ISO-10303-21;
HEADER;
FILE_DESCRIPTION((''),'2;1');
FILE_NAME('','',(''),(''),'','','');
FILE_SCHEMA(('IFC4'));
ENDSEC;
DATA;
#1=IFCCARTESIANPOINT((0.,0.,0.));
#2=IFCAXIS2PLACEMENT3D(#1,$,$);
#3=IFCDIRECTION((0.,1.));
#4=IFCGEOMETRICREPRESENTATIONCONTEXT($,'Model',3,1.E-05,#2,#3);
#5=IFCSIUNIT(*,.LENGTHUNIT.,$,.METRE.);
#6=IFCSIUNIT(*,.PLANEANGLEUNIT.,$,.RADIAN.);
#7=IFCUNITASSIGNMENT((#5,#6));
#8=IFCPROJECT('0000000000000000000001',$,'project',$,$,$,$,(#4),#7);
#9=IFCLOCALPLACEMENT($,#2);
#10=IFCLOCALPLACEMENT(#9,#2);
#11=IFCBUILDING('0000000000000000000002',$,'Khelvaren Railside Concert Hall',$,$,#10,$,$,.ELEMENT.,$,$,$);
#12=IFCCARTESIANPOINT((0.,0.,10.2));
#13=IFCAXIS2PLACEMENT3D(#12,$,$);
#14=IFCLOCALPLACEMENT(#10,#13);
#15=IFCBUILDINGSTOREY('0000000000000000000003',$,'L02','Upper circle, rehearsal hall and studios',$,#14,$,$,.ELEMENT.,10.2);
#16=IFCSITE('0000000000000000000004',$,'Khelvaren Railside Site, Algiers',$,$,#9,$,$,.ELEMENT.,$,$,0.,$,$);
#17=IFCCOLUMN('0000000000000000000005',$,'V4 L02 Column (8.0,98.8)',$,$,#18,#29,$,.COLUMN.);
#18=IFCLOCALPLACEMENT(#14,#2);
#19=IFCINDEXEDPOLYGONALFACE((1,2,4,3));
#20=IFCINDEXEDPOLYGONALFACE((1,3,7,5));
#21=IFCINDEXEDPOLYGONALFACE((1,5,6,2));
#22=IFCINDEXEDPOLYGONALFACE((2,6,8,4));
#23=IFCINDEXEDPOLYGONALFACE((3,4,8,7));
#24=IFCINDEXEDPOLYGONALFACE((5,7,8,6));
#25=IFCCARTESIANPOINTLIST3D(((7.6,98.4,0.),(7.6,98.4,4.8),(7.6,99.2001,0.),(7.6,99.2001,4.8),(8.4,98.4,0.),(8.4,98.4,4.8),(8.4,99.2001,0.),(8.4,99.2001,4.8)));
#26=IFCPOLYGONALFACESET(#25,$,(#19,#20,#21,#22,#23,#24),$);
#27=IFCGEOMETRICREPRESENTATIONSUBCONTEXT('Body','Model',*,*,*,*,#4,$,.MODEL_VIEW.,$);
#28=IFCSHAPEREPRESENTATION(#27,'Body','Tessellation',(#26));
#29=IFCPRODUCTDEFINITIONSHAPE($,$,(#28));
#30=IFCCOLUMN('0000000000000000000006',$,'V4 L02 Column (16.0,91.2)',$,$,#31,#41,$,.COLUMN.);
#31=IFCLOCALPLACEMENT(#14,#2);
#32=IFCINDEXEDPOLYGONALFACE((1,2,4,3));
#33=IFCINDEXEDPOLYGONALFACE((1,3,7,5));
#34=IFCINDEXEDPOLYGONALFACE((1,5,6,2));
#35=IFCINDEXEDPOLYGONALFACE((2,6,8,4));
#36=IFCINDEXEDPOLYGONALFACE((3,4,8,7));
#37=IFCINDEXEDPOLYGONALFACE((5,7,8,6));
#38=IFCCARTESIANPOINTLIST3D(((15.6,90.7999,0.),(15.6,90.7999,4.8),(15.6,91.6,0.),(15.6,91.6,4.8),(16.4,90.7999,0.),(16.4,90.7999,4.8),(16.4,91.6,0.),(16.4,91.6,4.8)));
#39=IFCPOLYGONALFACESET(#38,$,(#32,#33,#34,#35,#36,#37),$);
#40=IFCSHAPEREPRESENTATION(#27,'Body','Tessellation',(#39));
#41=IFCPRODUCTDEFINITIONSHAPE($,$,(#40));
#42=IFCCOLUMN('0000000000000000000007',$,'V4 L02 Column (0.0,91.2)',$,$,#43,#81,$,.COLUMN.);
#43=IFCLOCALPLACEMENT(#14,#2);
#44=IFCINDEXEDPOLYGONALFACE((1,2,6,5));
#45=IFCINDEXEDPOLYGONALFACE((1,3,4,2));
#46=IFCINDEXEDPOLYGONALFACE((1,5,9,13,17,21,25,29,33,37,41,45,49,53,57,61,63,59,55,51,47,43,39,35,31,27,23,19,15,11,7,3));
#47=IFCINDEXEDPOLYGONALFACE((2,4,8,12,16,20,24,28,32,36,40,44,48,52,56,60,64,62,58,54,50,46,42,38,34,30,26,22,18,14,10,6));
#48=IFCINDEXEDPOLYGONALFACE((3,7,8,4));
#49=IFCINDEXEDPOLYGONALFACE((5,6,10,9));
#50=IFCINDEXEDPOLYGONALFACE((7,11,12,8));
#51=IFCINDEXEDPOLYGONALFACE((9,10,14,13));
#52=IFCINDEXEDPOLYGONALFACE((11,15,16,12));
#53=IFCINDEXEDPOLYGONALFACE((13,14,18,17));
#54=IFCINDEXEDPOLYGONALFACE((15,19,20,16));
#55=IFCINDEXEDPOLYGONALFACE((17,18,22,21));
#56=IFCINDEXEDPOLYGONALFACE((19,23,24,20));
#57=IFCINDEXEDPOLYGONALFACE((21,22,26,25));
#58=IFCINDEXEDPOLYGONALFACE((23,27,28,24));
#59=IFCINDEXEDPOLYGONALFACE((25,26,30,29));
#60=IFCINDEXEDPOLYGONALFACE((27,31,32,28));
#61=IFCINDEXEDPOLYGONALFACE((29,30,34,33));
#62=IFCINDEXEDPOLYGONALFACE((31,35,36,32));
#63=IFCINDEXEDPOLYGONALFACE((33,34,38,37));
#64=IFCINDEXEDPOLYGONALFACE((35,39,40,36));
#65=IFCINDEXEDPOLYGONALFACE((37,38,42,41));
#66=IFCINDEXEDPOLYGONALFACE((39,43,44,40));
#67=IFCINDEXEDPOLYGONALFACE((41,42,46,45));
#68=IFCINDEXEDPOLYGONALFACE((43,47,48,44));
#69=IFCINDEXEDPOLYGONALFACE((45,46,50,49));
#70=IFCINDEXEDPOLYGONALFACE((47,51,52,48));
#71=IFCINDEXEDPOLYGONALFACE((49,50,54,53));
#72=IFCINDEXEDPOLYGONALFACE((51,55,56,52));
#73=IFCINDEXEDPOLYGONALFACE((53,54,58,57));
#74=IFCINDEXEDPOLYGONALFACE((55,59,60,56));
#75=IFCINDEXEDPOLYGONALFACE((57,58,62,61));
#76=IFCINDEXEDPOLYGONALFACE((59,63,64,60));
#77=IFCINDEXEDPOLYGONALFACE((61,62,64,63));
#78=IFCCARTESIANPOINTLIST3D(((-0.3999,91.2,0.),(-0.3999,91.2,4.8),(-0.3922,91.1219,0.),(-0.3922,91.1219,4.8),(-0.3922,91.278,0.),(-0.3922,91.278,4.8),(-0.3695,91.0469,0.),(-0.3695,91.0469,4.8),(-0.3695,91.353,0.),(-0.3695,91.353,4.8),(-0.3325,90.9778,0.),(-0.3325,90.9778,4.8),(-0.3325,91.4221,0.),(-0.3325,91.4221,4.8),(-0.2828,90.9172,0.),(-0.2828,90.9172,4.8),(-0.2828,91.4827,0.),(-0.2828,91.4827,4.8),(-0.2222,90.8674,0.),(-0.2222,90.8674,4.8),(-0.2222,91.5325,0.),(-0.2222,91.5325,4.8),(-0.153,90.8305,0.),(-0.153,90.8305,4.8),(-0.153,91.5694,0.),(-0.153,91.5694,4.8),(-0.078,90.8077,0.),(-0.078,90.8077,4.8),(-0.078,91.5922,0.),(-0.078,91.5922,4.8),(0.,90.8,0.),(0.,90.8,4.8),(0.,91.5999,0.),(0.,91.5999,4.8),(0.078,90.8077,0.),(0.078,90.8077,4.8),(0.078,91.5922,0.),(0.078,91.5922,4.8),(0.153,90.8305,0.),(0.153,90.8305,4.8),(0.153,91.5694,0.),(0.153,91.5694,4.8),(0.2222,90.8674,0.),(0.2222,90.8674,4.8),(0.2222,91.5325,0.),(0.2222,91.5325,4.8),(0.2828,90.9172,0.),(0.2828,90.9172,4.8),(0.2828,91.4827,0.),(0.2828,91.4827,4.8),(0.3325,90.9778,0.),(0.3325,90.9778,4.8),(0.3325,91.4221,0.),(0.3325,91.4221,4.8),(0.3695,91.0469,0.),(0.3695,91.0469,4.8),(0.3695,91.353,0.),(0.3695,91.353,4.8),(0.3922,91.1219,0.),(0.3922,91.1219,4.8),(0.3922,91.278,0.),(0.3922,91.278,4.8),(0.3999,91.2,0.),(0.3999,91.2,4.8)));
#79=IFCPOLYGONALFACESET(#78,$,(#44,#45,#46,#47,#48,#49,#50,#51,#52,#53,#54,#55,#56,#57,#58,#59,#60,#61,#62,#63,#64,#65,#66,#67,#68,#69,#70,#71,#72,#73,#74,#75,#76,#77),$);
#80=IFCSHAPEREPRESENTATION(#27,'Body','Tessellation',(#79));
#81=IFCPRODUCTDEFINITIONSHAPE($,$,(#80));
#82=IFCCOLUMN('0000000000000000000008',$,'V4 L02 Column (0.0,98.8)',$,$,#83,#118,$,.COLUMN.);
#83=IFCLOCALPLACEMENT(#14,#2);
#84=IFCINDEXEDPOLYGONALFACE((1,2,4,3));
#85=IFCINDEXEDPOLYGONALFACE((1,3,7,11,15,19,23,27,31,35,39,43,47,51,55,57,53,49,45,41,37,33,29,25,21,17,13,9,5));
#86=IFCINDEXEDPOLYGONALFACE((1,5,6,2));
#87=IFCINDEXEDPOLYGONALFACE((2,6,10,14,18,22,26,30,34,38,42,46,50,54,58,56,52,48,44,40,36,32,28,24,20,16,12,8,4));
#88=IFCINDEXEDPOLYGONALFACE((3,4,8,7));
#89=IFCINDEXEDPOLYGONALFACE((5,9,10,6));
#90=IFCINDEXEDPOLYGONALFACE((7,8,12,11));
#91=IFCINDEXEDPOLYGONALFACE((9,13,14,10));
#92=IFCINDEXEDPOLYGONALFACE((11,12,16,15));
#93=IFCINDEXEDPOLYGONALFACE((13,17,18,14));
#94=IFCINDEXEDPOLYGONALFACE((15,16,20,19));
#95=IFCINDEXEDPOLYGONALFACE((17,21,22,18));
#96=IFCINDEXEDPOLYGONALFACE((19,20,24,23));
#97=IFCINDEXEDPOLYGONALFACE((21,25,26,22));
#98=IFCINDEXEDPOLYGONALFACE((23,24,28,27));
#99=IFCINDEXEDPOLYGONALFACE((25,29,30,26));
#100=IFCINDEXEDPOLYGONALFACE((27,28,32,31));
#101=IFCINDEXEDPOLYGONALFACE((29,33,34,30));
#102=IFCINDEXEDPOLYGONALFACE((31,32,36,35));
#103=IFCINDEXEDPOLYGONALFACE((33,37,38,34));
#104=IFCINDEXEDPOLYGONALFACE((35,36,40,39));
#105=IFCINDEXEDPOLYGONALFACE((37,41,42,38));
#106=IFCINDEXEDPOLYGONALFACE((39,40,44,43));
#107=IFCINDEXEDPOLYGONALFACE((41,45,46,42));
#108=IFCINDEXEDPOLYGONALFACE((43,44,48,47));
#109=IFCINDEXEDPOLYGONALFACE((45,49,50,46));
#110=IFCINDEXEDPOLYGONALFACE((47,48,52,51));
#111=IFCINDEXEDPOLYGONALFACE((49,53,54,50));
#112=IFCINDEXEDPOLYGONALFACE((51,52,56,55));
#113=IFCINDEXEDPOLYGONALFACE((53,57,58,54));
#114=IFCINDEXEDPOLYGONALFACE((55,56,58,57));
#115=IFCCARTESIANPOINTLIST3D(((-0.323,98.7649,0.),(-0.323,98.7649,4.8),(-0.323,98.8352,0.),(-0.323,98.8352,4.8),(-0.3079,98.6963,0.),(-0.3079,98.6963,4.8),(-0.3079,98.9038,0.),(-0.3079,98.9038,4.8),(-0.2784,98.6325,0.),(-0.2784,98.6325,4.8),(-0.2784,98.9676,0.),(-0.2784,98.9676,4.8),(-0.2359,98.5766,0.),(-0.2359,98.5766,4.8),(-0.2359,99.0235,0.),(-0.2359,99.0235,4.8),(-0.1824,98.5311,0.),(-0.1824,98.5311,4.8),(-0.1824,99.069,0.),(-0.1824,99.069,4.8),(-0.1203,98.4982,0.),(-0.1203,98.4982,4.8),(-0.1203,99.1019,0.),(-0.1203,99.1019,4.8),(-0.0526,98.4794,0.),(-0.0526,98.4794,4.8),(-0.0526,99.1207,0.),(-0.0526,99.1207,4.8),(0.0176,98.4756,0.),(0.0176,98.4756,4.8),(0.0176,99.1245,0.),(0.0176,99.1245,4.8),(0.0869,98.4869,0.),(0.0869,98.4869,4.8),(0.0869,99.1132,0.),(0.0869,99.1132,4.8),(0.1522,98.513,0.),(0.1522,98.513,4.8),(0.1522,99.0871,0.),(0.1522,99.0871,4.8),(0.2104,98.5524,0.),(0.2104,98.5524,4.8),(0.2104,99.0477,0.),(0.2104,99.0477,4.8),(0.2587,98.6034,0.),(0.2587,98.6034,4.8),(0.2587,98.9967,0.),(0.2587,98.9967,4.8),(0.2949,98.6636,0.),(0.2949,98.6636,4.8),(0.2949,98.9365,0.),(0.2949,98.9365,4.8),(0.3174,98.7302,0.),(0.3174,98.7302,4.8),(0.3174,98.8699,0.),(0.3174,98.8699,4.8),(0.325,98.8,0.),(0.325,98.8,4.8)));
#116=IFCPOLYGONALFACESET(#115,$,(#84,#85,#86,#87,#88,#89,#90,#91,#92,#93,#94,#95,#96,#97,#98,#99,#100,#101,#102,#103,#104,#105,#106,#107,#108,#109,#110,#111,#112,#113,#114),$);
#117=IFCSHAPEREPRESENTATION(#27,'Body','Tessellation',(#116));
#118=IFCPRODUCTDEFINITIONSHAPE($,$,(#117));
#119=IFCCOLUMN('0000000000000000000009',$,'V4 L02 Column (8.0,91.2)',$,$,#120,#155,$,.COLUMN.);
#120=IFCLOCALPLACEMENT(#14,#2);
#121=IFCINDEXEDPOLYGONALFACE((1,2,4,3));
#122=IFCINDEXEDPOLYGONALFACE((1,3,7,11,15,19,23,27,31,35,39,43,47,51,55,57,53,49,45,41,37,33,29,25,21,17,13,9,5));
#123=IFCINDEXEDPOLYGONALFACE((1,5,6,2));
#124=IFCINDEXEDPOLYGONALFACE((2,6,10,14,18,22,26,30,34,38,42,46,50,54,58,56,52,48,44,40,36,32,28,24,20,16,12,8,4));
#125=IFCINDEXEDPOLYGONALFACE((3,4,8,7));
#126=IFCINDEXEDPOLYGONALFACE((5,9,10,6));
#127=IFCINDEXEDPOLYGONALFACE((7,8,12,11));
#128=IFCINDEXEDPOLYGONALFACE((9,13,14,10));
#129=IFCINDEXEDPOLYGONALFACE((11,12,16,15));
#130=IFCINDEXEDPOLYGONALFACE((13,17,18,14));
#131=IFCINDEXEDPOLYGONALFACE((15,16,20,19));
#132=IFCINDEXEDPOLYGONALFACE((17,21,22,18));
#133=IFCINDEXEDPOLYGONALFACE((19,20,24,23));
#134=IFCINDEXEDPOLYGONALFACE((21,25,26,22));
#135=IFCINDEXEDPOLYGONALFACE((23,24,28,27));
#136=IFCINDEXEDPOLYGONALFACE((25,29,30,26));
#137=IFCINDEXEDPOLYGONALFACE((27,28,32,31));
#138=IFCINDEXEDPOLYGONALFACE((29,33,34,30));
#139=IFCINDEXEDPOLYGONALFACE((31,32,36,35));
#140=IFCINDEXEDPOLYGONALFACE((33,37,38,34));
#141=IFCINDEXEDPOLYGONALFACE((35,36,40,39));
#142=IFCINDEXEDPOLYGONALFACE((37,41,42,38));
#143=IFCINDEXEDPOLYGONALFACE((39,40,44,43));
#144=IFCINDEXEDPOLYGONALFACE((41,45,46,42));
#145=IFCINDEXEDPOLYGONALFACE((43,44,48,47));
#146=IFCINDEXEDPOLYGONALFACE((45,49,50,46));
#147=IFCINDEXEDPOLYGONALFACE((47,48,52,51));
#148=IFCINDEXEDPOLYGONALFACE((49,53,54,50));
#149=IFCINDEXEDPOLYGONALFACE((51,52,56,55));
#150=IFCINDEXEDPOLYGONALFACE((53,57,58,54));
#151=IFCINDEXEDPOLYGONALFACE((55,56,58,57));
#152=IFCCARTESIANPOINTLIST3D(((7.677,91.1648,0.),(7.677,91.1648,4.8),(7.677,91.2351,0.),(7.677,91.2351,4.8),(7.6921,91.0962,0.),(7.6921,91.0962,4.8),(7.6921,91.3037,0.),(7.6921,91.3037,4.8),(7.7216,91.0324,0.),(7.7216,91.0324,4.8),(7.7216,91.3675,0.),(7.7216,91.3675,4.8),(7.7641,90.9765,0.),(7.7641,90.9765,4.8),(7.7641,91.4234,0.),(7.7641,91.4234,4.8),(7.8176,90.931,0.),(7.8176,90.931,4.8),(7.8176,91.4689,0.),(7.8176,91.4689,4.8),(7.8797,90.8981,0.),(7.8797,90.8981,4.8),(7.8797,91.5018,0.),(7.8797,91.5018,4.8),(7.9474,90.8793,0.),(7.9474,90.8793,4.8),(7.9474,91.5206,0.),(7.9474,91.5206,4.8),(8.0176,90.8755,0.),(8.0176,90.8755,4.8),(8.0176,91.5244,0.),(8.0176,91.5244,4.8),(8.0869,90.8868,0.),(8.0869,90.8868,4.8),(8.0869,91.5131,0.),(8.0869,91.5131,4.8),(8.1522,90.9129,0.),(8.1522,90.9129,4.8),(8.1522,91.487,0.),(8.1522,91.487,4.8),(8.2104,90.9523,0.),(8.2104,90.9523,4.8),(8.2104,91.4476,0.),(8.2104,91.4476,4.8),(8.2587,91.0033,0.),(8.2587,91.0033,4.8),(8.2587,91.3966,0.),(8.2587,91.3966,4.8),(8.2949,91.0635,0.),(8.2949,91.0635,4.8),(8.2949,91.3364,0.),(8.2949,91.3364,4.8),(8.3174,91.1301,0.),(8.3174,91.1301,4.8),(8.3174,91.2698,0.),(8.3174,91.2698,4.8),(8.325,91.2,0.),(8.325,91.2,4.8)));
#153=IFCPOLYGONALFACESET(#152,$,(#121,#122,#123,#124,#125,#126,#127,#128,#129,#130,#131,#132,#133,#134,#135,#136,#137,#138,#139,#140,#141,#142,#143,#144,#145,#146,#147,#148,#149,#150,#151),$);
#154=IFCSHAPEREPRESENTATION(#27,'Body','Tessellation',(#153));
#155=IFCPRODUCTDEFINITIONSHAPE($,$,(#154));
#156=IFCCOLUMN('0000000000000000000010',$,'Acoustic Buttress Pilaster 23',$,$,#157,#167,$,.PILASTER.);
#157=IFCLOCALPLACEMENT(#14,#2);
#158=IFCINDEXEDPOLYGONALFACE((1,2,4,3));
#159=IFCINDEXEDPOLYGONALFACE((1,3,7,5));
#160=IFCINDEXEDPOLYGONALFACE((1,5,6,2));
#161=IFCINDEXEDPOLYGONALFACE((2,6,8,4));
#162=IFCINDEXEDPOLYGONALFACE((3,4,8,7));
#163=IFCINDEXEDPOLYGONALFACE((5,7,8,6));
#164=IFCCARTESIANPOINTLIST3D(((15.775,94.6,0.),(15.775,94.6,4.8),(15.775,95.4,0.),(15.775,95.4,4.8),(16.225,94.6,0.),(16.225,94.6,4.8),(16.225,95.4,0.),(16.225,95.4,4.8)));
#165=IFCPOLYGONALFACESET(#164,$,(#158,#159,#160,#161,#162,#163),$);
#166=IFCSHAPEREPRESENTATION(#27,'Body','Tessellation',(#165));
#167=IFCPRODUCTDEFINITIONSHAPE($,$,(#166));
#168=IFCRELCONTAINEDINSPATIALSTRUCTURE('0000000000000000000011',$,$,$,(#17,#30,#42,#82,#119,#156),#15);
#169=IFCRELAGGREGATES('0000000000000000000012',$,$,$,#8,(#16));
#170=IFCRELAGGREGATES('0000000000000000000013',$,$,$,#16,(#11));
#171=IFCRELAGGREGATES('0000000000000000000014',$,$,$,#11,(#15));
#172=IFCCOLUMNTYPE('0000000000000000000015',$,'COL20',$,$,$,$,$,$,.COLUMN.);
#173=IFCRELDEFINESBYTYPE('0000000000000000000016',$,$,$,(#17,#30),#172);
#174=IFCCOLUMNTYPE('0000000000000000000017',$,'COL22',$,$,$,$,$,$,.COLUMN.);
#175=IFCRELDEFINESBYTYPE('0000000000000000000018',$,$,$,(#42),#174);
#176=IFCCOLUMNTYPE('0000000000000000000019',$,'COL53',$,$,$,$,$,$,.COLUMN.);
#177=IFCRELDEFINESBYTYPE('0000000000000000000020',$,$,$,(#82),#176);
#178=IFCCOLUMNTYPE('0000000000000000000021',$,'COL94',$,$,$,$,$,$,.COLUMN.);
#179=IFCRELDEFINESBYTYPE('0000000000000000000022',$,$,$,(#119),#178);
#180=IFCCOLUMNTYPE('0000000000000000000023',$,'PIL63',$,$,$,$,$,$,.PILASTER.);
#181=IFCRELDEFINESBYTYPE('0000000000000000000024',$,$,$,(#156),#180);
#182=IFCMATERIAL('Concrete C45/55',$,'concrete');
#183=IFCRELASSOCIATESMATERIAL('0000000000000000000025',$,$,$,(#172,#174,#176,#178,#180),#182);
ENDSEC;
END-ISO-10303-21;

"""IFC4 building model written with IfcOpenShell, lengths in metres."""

from ifc_helpers import new_model, si_unit, direction, frame, origin, origin_2d, place, context, subcontext, project, spatial, rectangle, circle, extrude, material, material_profile, profile_set, type_object, element, save


model = new_model("IFC4")

# Units and contexts
model_context = context("Model", 3, precision=1e-05, world=origin(), true_north=direction((0.0, 1.0)))
body_context = subcontext(model_context, "Body", "Model", "MODEL_VIEW")
ifc_project = project(units=[si_unit("LENGTHUNIT", "METRE"), si_unit("PLANEANGLEUNIT", "RADIAN")], contexts=[model_context])

# Site, building, storey
site_placement = place(None, origin())
site = spatial("IfcSite", under=ifc_project, at=site_placement, Name="Khelvaren Railside Site, Algiers", CompositionType="ELEMENT", RefElevation=0.0)
building_placement = place(site_placement, origin())
building = spatial("IfcBuilding", under=site, at=building_placement, Name="Khelvaren Railside Concert Hall", CompositionType="ELEMENT")
storey_placement = place(building_placement, frame((0.0, 0.0, 10.2)))
storey = spatial("IfcBuildingStorey", under=building, at=storey_placement, Name="L02", Description="Upper circle, rehearsal hall and studios", CompositionType="ELEMENT", Elevation=10.2)

# Columns
ifc_material_1 = material(Name="Concrete C45/55", Category="concrete")
ifc_material_profile_1 = material_profile(ifc_material_1, rectangle(XDim=0.8, YDim=0.8, at=origin_2d()), Name="RC 800x800")
ifc_profile_set_1 = profile_set([ifc_material_profile_1], Name="Concrete C45/55")
column_type_1 = type_object("IfcColumnType", Name="COL20", PredefinedType="COLUMN", material=ifc_profile_set_1)
for number, where, z_axis, x_axis, name in (
    (1, (8.0, 98.8, 0.0), (0.0, 0.0, 1.0), (1.0, 0.0, 0.0), "V4 L02 Column (8.0,98.8)"),
    (2, (16.0, 91.2, 0.0), (0.0, 0.0, 1.0), (1.0, 0.0, 0.0), "V4 L02 Column (16.0,91.2)"),
):
    element("IfcColumn", number, at=place(storey_placement, frame(where, z_axis=z_axis, x_axis=x_axis)), inside=storey, type_object=column_type_1, Name=name, PredefinedType="COLUMN", context=body_context, shape_type="SweptSolid", body=[
        extrude(rectangle(XDim=0.8, YDim=0.8, at=origin_2d()), origin(), (0.0, 0.0, 1.0), 4.8),
    ])
ifc_material_profile_2 = material_profile(ifc_material_1, circle(Radius=0.3999, at=origin_2d()), Name="RC D800")
ifc_profile_set_2 = profile_set([ifc_material_profile_2], Name="Concrete C45/55")
column_type_2 = type_object("IfcColumnType", Name="COL22", PredefinedType="COLUMN", material=ifc_profile_set_2)
column_1_placement = place(storey_placement, frame((0.0, 91.2, 0.0), z_axis=(0.0, 0.0, 1.0), x_axis=(1.0, 0.0, 0.0)))
element("IfcColumn", 3, at=column_1_placement, inside=storey, type_object=column_type_2, Name="V4 L02 Column (0.0,91.2)", PredefinedType="COLUMN", context=body_context, shape_type="SweptSolid", body=[
    extrude(circle(Radius=0.3999, at=origin_2d()), origin(), (0.0, 0.0, 1.0), 4.8),
])
ifc_material_profile_3 = material_profile(ifc_material_1, circle(Radius=0.325, at=origin_2d()), Name="RC D650")
ifc_profile_set_3 = profile_set([ifc_material_profile_3], Name="Concrete C45/55")
column_type_3 = type_object("IfcColumnType", Name="COL53", PredefinedType="COLUMN", material=ifc_profile_set_3)
column_2_placement = place(storey_placement, frame((0.0, 98.8, 0.0), z_axis=(0.0, 0.0, 1.0), x_axis=(1.0, 0.0, 0.0)))
element("IfcColumn", 4, at=column_2_placement, inside=storey, type_object=column_type_3, Name="V4 L02 Column (0.0,98.8)", PredefinedType="COLUMN", context=body_context, shape_type="SweptSolid", body=[
    extrude(circle(Radius=0.325, at=origin_2d()), origin(), (0.0, 0.0, 1.0), 4.8),
])
ifc_material_profile_4 = material_profile(ifc_material_1, circle(Radius=0.325, at=origin_2d()), Name="RC D650")
ifc_profile_set_4 = profile_set([ifc_material_profile_4], Name="Concrete C45/55")
column_type_4 = type_object("IfcColumnType", Name="COL94", PredefinedType="COLUMN", material=ifc_profile_set_4)
column_3_placement = place(storey_placement, frame((8.0, 91.2, 0.0), z_axis=(0.0, 0.0, 1.0), x_axis=(1.0, 0.0, 0.0)))
element("IfcColumn", 5, at=column_3_placement, inside=storey, type_object=column_type_4, Name="V4 L02 Column (8.0,91.2)", PredefinedType="COLUMN", context=body_context, shape_type="SweptSolid", body=[
    extrude(circle(Radius=0.325, at=origin_2d()), origin(), (0.0, 0.0, 1.0), 4.8),
])
ifc_material_profile_5 = material_profile(ifc_material_1, rectangle(XDim=0.45, YDim=0.8, at=origin_2d()), Name="PIL 450x800")
ifc_profile_set_5 = profile_set([ifc_material_profile_5], Name="Concrete C45/55")
column_type_5 = type_object("IfcColumnType", Name="PIL63", PredefinedType="PILASTER", material=ifc_profile_set_5)
column_4_placement = place(storey_placement, frame((16.0, 95.0, 0.0), z_axis=(0.0, 0.0, 1.0), x_axis=(1.0, 0.0, 0.0)))
element("IfcColumn", 6, at=column_4_placement, inside=storey, type_object=column_type_5, Name="Acoustic Buttress Pilaster 23", PredefinedType="PILASTER", context=body_context, shape_type="SweptSolid", body=[
    extrude(rectangle(XDim=0.45, YDim=0.8, at=origin_2d()), origin(), (0.0, 0.0, 1.0), 4.8),
])

save(model, "model.ifc")
